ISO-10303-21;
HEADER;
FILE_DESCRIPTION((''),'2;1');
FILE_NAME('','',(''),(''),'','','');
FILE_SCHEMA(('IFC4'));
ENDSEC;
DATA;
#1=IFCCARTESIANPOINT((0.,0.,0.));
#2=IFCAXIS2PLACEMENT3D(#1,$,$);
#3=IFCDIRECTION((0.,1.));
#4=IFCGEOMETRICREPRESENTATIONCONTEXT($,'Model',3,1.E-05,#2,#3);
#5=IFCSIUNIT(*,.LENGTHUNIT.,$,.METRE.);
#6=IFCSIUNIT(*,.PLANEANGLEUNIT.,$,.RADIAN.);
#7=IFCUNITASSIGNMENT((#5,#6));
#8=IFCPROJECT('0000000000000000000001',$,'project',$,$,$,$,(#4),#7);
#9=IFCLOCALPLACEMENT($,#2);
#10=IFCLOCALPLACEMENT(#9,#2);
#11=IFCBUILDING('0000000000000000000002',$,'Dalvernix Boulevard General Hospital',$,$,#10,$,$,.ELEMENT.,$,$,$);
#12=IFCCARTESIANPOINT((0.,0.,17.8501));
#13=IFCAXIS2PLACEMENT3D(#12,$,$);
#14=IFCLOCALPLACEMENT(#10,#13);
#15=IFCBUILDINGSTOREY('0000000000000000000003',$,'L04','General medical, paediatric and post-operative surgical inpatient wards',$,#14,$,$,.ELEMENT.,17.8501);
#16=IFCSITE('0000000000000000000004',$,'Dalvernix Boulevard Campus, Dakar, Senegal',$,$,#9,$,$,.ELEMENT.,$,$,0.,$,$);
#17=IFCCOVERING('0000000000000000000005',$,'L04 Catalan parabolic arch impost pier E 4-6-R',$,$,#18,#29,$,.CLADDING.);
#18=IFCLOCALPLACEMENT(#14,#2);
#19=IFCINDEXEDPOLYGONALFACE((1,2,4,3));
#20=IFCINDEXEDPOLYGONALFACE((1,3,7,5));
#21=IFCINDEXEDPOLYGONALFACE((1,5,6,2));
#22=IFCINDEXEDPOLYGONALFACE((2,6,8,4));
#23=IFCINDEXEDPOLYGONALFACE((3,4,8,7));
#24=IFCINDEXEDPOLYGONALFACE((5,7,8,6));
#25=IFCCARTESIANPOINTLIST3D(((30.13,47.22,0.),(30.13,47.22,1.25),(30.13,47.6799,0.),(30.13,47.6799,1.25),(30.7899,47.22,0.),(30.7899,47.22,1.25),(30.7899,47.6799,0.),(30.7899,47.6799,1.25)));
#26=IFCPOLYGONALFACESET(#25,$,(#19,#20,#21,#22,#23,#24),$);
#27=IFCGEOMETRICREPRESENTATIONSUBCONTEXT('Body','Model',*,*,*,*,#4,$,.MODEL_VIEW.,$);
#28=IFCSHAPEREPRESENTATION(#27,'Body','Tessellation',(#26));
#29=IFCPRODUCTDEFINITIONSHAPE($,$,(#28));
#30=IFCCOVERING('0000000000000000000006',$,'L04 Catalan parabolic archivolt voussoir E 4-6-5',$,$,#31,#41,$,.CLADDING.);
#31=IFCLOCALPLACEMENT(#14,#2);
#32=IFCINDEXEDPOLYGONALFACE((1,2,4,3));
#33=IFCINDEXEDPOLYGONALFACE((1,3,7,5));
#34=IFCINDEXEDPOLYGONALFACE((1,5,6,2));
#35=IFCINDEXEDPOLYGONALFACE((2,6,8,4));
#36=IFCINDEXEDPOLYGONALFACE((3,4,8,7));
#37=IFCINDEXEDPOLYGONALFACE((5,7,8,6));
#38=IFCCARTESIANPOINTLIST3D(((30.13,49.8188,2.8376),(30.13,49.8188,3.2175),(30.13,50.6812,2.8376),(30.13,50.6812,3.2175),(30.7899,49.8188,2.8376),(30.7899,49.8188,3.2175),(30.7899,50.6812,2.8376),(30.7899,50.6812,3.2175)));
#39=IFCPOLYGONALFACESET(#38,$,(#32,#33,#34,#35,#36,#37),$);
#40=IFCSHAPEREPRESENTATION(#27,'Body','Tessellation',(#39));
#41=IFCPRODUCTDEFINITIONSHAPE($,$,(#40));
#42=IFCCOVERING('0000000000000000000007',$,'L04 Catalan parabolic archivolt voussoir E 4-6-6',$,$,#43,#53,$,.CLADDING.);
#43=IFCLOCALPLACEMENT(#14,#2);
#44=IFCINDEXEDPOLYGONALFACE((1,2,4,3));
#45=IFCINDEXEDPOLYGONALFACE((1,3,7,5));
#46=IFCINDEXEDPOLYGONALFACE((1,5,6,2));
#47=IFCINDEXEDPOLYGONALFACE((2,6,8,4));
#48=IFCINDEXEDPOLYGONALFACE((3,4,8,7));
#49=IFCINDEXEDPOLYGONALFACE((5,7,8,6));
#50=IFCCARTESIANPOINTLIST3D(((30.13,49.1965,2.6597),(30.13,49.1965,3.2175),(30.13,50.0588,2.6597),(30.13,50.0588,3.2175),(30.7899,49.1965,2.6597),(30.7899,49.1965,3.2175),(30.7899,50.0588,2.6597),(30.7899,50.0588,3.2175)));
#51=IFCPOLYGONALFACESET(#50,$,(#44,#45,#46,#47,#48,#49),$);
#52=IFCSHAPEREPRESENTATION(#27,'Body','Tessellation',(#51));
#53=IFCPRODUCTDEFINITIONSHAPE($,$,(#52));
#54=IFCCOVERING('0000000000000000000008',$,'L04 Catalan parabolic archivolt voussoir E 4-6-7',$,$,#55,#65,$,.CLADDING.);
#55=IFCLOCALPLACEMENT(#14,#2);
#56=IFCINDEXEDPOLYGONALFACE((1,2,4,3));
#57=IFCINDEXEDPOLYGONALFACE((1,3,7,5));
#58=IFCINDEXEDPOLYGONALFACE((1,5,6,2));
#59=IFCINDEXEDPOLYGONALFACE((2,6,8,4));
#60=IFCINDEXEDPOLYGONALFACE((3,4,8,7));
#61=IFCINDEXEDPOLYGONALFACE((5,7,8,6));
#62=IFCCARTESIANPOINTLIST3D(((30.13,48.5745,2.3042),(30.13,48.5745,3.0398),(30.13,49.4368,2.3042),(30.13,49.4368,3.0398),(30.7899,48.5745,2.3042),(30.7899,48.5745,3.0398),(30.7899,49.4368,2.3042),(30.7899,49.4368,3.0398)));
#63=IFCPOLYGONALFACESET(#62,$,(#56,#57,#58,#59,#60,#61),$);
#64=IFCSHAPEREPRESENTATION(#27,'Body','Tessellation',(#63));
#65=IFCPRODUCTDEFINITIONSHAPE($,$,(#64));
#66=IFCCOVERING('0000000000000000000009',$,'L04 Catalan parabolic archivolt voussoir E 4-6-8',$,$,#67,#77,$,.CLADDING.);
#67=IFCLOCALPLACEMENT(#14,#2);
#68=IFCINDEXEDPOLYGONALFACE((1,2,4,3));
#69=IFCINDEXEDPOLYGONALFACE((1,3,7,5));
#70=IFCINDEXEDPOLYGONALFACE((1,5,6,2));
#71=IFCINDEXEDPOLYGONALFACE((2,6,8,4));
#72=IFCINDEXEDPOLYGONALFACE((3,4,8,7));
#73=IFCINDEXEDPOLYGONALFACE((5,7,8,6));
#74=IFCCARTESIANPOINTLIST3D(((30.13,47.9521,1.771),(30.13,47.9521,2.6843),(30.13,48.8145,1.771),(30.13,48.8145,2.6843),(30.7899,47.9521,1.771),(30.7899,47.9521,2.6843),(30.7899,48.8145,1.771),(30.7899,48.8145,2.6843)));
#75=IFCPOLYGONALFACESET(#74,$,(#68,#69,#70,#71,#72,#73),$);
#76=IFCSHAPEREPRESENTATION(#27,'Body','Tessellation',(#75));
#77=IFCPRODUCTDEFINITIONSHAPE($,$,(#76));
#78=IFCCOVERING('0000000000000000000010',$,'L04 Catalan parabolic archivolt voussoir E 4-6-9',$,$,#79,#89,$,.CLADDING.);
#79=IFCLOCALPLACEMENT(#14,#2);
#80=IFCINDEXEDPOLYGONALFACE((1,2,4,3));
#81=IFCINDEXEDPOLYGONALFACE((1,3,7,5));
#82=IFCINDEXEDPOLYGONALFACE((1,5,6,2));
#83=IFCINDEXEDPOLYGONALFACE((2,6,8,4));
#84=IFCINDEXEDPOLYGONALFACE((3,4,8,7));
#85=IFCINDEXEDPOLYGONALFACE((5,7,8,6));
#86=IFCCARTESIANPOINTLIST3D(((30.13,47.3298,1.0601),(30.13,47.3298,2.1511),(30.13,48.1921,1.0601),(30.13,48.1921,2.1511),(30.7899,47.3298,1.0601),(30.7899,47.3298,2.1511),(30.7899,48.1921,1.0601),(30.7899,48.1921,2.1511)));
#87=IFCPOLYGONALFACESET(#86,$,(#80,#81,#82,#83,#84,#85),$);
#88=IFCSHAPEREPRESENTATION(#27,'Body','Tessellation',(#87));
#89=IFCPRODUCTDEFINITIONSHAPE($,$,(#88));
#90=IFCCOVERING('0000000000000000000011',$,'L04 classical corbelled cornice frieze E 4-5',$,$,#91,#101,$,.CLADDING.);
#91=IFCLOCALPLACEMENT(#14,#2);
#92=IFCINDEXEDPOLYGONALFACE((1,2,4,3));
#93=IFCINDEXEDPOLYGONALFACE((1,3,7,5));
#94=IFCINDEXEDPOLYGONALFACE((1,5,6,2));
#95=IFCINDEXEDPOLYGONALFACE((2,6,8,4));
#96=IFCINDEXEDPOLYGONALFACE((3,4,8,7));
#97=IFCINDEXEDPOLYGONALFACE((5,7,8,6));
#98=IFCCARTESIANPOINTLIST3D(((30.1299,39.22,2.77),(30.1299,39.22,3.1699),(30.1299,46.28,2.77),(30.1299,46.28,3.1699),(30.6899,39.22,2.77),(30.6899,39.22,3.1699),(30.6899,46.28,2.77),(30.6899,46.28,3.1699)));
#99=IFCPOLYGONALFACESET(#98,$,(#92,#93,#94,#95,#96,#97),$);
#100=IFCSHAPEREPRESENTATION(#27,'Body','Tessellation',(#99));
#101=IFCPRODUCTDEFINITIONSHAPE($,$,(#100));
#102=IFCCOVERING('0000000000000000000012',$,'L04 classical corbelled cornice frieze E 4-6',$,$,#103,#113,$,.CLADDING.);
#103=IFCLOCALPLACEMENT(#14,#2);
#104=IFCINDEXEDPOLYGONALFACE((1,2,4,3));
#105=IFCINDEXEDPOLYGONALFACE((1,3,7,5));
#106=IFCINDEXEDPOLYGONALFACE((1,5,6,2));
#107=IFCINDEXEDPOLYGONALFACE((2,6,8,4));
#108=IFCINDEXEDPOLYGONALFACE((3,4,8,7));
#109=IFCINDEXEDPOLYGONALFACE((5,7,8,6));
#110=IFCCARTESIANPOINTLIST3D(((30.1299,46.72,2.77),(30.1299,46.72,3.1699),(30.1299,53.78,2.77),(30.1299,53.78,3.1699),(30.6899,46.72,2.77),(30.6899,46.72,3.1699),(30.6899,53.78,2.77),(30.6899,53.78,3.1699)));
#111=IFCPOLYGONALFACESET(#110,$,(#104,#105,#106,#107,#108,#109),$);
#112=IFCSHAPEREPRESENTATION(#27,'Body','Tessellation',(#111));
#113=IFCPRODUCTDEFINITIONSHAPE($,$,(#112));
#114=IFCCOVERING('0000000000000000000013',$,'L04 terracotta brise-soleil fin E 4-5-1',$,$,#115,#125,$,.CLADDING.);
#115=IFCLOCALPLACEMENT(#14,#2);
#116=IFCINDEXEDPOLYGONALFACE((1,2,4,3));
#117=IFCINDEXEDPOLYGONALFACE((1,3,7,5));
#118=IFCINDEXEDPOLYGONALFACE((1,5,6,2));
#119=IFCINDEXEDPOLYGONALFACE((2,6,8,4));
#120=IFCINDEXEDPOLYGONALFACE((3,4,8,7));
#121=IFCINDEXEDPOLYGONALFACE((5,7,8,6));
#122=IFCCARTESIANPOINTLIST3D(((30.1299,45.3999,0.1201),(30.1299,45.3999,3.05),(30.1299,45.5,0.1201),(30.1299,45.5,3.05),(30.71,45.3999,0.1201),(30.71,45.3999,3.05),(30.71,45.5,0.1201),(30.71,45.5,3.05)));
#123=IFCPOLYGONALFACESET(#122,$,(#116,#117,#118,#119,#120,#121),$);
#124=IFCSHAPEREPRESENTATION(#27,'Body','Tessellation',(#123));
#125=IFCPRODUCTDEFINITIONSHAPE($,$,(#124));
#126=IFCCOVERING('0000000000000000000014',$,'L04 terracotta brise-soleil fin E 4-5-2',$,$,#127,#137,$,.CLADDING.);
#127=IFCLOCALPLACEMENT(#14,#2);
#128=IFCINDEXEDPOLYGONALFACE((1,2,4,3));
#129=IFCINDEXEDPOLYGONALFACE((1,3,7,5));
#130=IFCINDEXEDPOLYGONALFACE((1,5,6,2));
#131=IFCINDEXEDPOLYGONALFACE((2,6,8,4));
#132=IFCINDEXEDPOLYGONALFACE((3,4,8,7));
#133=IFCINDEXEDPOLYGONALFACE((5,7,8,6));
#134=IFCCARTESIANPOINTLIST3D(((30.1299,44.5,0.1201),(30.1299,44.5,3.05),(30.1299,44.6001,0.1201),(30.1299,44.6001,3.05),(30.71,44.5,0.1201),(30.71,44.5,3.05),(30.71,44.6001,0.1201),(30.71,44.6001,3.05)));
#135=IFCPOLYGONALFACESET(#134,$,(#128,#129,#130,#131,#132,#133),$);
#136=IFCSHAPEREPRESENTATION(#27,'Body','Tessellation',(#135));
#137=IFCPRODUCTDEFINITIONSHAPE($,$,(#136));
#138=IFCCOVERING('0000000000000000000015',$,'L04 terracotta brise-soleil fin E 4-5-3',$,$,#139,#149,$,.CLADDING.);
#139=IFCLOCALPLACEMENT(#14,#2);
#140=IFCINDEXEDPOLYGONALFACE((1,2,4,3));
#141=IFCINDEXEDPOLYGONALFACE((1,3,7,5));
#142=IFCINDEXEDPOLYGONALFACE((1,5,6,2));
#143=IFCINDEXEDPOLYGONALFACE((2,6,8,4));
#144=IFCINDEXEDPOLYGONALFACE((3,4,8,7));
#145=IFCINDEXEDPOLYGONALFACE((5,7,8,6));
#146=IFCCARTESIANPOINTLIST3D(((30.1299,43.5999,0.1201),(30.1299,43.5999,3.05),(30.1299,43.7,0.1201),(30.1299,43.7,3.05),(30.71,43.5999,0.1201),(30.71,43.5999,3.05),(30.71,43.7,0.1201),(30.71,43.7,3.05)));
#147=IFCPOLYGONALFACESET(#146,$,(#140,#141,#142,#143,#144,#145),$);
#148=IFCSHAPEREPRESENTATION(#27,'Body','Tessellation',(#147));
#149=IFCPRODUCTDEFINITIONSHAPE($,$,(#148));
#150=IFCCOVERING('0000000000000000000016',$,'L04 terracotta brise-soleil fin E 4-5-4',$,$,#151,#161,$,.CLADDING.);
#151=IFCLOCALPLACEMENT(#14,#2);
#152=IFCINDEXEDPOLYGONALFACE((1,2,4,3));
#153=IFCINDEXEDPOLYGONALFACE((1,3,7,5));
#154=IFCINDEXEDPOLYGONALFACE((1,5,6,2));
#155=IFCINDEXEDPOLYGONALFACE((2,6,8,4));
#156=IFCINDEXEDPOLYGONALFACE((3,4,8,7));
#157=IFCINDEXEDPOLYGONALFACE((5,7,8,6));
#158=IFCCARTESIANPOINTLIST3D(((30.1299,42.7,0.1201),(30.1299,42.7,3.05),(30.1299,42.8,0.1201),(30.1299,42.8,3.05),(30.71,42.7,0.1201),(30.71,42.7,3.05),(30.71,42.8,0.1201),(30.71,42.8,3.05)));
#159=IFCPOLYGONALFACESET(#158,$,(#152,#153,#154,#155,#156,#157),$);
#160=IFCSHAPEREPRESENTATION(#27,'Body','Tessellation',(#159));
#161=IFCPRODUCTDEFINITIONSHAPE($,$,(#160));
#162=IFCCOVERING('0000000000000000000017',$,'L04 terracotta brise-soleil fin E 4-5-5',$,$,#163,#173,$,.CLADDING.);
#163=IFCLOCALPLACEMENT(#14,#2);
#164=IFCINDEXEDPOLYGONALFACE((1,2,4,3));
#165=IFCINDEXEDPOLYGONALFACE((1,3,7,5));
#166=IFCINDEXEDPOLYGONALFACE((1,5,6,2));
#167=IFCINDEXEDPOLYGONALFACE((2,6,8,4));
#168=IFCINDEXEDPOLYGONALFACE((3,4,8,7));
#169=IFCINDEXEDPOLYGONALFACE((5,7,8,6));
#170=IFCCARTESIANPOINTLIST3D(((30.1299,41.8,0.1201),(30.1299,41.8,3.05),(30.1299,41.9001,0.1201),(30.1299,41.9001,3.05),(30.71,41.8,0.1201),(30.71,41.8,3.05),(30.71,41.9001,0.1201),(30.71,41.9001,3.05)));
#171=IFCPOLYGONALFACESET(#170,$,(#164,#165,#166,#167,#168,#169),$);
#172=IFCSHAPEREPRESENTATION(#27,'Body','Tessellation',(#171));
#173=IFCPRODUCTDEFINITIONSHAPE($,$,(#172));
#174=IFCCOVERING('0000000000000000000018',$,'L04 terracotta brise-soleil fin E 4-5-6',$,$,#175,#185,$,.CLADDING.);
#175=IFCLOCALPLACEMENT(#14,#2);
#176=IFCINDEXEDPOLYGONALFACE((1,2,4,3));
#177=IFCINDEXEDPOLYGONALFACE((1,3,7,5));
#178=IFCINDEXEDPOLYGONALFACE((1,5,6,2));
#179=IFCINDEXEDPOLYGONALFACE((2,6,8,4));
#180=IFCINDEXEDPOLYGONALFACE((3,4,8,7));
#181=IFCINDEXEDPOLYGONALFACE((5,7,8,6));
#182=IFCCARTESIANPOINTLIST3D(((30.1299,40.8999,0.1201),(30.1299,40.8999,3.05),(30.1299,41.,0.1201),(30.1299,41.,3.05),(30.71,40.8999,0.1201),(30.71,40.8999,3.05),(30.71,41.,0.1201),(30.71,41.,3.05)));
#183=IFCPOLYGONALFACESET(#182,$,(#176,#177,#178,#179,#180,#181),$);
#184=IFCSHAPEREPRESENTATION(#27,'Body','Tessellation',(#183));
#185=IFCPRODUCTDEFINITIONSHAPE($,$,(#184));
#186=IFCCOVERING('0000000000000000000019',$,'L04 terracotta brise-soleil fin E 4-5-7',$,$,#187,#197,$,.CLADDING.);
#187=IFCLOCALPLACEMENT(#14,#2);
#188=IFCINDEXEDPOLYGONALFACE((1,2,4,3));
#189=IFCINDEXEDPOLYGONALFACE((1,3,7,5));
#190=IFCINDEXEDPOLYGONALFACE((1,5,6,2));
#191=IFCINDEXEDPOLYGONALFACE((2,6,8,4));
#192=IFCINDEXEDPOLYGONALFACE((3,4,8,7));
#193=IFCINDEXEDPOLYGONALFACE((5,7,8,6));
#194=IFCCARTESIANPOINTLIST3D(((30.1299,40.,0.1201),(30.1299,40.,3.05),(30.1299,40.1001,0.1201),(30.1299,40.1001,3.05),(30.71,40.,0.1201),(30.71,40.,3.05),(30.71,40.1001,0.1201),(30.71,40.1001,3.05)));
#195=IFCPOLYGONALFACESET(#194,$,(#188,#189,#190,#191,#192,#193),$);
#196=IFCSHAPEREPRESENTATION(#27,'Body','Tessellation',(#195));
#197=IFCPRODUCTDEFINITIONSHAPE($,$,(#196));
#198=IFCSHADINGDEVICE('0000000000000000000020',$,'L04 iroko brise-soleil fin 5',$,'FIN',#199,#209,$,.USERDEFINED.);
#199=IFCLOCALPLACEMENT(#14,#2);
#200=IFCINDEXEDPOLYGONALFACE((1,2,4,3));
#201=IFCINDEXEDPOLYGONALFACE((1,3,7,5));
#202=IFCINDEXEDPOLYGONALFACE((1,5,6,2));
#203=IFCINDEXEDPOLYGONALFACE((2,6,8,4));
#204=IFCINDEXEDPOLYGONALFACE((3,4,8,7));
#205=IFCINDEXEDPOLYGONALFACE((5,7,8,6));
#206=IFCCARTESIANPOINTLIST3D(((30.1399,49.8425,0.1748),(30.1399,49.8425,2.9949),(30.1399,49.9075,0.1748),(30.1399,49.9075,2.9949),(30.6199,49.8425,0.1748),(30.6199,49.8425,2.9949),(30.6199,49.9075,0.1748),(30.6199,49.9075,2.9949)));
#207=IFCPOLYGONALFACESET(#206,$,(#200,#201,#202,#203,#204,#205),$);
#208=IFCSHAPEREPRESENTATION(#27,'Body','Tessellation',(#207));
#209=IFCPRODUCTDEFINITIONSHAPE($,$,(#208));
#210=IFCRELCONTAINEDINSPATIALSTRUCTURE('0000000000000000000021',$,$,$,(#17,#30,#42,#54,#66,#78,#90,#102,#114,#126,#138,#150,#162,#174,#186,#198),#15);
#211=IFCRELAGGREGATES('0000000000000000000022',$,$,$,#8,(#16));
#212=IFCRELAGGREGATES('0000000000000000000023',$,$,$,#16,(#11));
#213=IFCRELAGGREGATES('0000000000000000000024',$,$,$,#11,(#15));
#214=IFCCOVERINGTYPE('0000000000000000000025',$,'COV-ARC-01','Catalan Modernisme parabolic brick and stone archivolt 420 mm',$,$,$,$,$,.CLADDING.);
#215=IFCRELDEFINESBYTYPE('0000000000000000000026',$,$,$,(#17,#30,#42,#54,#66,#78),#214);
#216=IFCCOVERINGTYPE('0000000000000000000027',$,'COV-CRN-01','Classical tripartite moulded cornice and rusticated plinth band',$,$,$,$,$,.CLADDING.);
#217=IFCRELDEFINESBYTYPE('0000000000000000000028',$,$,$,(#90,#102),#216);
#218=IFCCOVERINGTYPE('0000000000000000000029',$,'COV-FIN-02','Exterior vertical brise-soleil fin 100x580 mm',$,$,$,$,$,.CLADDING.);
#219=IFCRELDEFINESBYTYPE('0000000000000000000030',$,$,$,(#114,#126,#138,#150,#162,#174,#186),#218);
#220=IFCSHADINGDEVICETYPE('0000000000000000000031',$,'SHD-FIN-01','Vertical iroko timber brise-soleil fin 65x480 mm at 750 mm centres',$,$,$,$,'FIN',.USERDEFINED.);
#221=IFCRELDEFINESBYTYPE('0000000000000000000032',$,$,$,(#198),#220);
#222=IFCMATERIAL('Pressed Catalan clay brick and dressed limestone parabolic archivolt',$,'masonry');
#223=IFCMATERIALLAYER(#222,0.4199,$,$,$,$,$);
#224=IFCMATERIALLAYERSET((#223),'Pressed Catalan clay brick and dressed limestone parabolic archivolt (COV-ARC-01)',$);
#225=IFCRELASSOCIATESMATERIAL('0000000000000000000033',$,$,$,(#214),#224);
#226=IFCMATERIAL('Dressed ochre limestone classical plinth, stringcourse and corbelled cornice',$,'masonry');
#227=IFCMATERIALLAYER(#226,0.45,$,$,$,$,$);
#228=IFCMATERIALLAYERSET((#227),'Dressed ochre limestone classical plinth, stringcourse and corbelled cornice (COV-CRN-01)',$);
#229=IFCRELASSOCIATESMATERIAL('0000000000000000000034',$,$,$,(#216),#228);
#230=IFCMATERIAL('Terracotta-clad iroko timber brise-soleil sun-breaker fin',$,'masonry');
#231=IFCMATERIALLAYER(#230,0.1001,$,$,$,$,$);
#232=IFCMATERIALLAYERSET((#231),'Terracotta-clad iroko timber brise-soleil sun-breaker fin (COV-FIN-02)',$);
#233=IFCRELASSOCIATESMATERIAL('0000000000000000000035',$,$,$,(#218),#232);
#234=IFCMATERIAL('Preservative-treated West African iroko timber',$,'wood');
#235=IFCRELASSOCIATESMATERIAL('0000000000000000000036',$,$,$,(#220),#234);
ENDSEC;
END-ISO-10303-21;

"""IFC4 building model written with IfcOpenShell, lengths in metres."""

from ifc_helpers import new_model, si_unit, direction, frame, origin, origin_2d, place, context, subcontext, project, spatial, rectangle, extrude, material, layer, layer_set, type_object, element, save


model = new_model("IFC4")

# Units and contexts
model_context = context("Model", 3, precision=1e-05, world=origin(), true_north=direction((0.0, 1.0)))
body_context = subcontext(model_context, "Body", "Model", "MODEL_VIEW")
ifc_project = project(units=[si_unit("LENGTHUNIT", "METRE"), si_unit("PLANEANGLEUNIT", "RADIAN")], contexts=[model_context])

# Site, building, storey
site_placement = place(None, origin())
site = spatial("IfcSite", under=ifc_project, at=site_placement, Name="Dalvernix Boulevard Campus, Dakar, Senegal", CompositionType="ELEMENT", RefElevation=0.0)
building_placement = place(site_placement, origin())
building = spatial("IfcBuilding", under=site, at=building_placement, Name="Dalvernix Boulevard General Hospital", CompositionType="ELEMENT")
storey_placement = place(building_placement, frame((0.0, 0.0, 17.8501)))
storey = spatial("IfcBuildingStorey", under=building, at=storey_placement, Name="L04", Description="General medical, paediatric and post-operative surgical inpatient wards", CompositionType="ELEMENT", Elevation=17.8501)

# Coverings
ifc_material_1 = material(Name="Pressed Catalan clay brick and dressed limestone parabolic archivolt", Category="masonry")
ifc_layer_1 = layer(ifc_material_1, 0.4199)
ifc_layer_set_1 = layer_set([ifc_layer_1], Name="Pressed Catalan clay brick and dressed limestone parabolic archivolt (COV-ARC-01)")
covering_type_1 = type_object("IfcCoveringType", Name="COV-ARC-01", Description="Catalan Modernisme parabolic brick and stone archivolt 420 mm", PredefinedType="CLADDING", material=ifc_layer_set_1)
covering_1_placement = place(storey_placement, frame((30.46, 47.45, 0.0), z_axis=(0.0, 0.0, 1.0), x_axis=(0.0, -1.0, 0.0)))
element("IfcCovering", 1, at=covering_1_placement, inside=storey, type_object=covering_type_1, Name="L04 Catalan parabolic arch impost pier E 4-6-R", PredefinedType="CLADDING", context=body_context, shape_type="SweptSolid", body=[
    extrude(rectangle(XDim=0.46, YDim=0.6599, at=origin_2d()), origin(), (0.0, 0.0, 1.0), 1.25),
])
covering_2_placement = place(storey_placement, frame((30.46, 50.25, 2.8376), z_axis=(0.0, 0.0, 1.0), x_axis=(0.0, -1.0, 0.0)))
element("IfcCovering", 2, at=covering_2_placement, inside=storey, type_object=covering_type_1, Name="L04 Catalan parabolic archivolt voussoir E 4-6-5", PredefinedType="CLADDING", context=body_context, shape_type="SweptSolid", body=[
    extrude(rectangle(XDim=0.8623, YDim=0.6599, at=origin_2d()), origin(), (0.0, 0.0, 1.0), 0.3799),
])
covering_3_placement = place(storey_placement, frame((30.46, 49.6277, 2.6597), z_axis=(0.0, 0.0, 1.0), x_axis=(0.0, -1.0, 0.0)))
element("IfcCovering", 3, at=covering_3_placement, inside=storey, type_object=covering_type_1, Name="L04 Catalan parabolic archivolt voussoir E 4-6-6", PredefinedType="CLADDING", context=body_context, shape_type="SweptSolid", body=[
    extrude(rectangle(XDim=0.8623, YDim=0.6599, at=origin_2d()), origin(), (0.0, 0.0, 1.0), 0.5579),
])
covering_4_placement = place(storey_placement, frame((30.46, 49.0056, 2.3042), z_axis=(0.0, 0.0, 1.0), x_axis=(0.0, -1.0, 0.0)))
element("IfcCovering", 4, at=covering_4_placement, inside=storey, type_object=covering_type_1, Name="L04 Catalan parabolic archivolt voussoir E 4-6-7", PredefinedType="CLADDING", context=body_context, shape_type="SweptSolid", body=[
    extrude(rectangle(XDim=0.8623, YDim=0.6599, at=origin_2d()), origin(), (0.0, 0.0, 1.0), 0.7356),
])
covering_5_placement = place(storey_placement, frame((30.46, 48.3833, 1.771), z_axis=(0.0, 0.0, 1.0), x_axis=(0.0, -1.0, 0.0)))
element("IfcCovering", 5, at=covering_5_placement, inside=storey, type_object=covering_type_1, Name="L04 Catalan parabolic archivolt voussoir E 4-6-8", PredefinedType="CLADDING", context=body_context, shape_type="SweptSolid", body=[
    extrude(rectangle(XDim=0.8623, YDim=0.6599, at=origin_2d()), origin(), (0.0, 0.0, 1.0), 0.9133),
])
covering_6_placement = place(storey_placement, frame((30.46, 47.761, 1.0601), z_axis=(0.0, 0.0, 1.0), x_axis=(0.0, -1.0, 0.0)))
element("IfcCovering", 6, at=covering_6_placement, inside=storey, type_object=covering_type_1, Name="L04 Catalan parabolic archivolt voussoir E 4-6-9", PredefinedType="CLADDING", context=body_context, shape_type="SweptSolid", body=[
    extrude(rectangle(XDim=0.8623, YDim=0.6599, at=origin_2d()), origin(), (0.0, 0.0, 1.0), 1.0911),
])
ifc_material_2 = material(Name="Dressed ochre limestone classical plinth, stringcourse and corbelled cornice", Category="masonry")
ifc_layer_2 = layer(ifc_material_2, 0.45)
ifc_layer_set_2 = layer_set([ifc_layer_2], Name="Dressed ochre limestone classical plinth, stringcourse and corbelled cornice (COV-CRN-01)")
covering_type_2 = type_object("IfcCoveringType", Name="COV-CRN-01", Description="Classical tripartite moulded cornice and rusticated plinth band", PredefinedType="CLADDING", material=ifc_layer_set_2)
for number, where, z_axis, x_axis, name in (
    (7, (30.4099, 42.75, 2.77), (0.0, 0.0, 1.0), (0.0, -1.0, 0.0), "L04 classical corbelled cornice frieze E 4-5"),
    (8, (30.4099, 50.25, 2.77), (0.0, 0.0, 1.0), (0.0, -1.0, 0.0), "L04 classical corbelled cornice frieze E 4-6"),
):
    element("IfcCovering", number, at=place(storey_placement, frame(where, z_axis=z_axis, x_axis=x_axis)), inside=storey, type_object=covering_type_2, Name=name, PredefinedType="CLADDING", context=body_context, shape_type="SweptSolid", body=[
        extrude(rectangle(XDim=7.0601, YDim=0.5601, at=origin_2d()), origin(), (0.0, 0.0, 1.0), 0.3999),
    ])
ifc_material_3 = material(Name="Terracotta-clad iroko timber brise-soleil sun-breaker fin", Category="masonry")
ifc_layer_3 = layer(ifc_material_3, 0.1001)
ifc_layer_set_3 = layer_set([ifc_layer_3], Name="Terracotta-clad iroko timber brise-soleil sun-breaker fin (COV-FIN-02)")
covering_type_3 = type_object("IfcCoveringType", Name="COV-FIN-02", Description="Exterior vertical brise-soleil fin 100x580 mm", PredefinedType="CLADDING", material=ifc_layer_set_3)
for number, where, z_axis, x_axis, name in (
    (9, (30.4199, 45.45, 0.1201), (0.0, 0.0, 1.0), (0.0, -1.0, 0.0), "L04 terracotta brise-soleil fin E 4-5-1"),
    (10, (30.4199, 44.55, 0.1201), (0.0, 0.0, 1.0), (0.0, -1.0, 0.0), "L04 terracotta brise-soleil fin E 4-5-2"),
    (11, (30.4199, 43.6499, 0.1201), (0.0, 0.0, 1.0), (0.0, -1.0, 0.0), "L04 terracotta brise-soleil fin E 4-5-3"),
    (12, (30.4199, 42.75, 0.1201), (0.0, 0.0, 1.0), (0.0, -1.0, 0.0), "L04 terracotta brise-soleil fin E 4-5-4"),
    (13, (30.4199, 41.8501, 0.1201), (0.0, 0.0, 1.0), (0.0, -1.0, 0.0), "L04 terracotta brise-soleil fin E 4-5-5"),
    (14, (30.4199, 40.95, 0.1201), (0.0, 0.0, 1.0), (0.0, -1.0, 0.0), "L04 terracotta brise-soleil fin E 4-5-6"),
    (15, (30.4199, 40.05, 0.1201), (0.0, 0.0, 1.0), (0.0, -1.0, 0.0), "L04 terracotta brise-soleil fin E 4-5-7"),
):
    element("IfcCovering", number, at=place(storey_placement, frame(where, z_axis=z_axis, x_axis=x_axis)), inside=storey, type_object=covering_type_3, Name=name, PredefinedType="CLADDING", context=body_context, shape_type="SweptSolid", body=[
        extrude(rectangle(XDim=0.1001, YDim=0.5801, at=origin_2d()), origin(), (0.0, 0.0, 1.0), 2.9299),
    ])

# Shading device
ifc_material_4 = material(Name="Preservative-treated West African iroko timber", Category="wood")
shading_device_type = type_object("IfcShadingDeviceType", Name="SHD-FIN-01", Description="Vertical iroko timber brise-soleil fin 65x480 mm at 750 mm centres", ElementType="FIN", PredefinedType="USERDEFINED", material=ifc_material_4)
for number, where, z_axis, x_axis, name in (
    (16, (30.3799, 49.875, 0.1748), (0.0, 0.0, 1.0), (0.0, -1.0, 0.0), "L04 iroko brise-soleil fin 5"),
):
    element("IfcShadingDevice", number, at=place(storey_placement, frame(where, z_axis=z_axis, x_axis=x_axis)), inside=storey, type_object=shading_device_type, Name=name, ObjectType="FIN", PredefinedType="USERDEFINED", context=body_context, shape_type="SweptSolid", body=[
        extrude(rectangle(XDim=0.0649, YDim=0.48, at=origin_2d()), origin(), (0.0, 0.0, 1.0), 2.8201),
    ])

save(model, "model.ifc")
